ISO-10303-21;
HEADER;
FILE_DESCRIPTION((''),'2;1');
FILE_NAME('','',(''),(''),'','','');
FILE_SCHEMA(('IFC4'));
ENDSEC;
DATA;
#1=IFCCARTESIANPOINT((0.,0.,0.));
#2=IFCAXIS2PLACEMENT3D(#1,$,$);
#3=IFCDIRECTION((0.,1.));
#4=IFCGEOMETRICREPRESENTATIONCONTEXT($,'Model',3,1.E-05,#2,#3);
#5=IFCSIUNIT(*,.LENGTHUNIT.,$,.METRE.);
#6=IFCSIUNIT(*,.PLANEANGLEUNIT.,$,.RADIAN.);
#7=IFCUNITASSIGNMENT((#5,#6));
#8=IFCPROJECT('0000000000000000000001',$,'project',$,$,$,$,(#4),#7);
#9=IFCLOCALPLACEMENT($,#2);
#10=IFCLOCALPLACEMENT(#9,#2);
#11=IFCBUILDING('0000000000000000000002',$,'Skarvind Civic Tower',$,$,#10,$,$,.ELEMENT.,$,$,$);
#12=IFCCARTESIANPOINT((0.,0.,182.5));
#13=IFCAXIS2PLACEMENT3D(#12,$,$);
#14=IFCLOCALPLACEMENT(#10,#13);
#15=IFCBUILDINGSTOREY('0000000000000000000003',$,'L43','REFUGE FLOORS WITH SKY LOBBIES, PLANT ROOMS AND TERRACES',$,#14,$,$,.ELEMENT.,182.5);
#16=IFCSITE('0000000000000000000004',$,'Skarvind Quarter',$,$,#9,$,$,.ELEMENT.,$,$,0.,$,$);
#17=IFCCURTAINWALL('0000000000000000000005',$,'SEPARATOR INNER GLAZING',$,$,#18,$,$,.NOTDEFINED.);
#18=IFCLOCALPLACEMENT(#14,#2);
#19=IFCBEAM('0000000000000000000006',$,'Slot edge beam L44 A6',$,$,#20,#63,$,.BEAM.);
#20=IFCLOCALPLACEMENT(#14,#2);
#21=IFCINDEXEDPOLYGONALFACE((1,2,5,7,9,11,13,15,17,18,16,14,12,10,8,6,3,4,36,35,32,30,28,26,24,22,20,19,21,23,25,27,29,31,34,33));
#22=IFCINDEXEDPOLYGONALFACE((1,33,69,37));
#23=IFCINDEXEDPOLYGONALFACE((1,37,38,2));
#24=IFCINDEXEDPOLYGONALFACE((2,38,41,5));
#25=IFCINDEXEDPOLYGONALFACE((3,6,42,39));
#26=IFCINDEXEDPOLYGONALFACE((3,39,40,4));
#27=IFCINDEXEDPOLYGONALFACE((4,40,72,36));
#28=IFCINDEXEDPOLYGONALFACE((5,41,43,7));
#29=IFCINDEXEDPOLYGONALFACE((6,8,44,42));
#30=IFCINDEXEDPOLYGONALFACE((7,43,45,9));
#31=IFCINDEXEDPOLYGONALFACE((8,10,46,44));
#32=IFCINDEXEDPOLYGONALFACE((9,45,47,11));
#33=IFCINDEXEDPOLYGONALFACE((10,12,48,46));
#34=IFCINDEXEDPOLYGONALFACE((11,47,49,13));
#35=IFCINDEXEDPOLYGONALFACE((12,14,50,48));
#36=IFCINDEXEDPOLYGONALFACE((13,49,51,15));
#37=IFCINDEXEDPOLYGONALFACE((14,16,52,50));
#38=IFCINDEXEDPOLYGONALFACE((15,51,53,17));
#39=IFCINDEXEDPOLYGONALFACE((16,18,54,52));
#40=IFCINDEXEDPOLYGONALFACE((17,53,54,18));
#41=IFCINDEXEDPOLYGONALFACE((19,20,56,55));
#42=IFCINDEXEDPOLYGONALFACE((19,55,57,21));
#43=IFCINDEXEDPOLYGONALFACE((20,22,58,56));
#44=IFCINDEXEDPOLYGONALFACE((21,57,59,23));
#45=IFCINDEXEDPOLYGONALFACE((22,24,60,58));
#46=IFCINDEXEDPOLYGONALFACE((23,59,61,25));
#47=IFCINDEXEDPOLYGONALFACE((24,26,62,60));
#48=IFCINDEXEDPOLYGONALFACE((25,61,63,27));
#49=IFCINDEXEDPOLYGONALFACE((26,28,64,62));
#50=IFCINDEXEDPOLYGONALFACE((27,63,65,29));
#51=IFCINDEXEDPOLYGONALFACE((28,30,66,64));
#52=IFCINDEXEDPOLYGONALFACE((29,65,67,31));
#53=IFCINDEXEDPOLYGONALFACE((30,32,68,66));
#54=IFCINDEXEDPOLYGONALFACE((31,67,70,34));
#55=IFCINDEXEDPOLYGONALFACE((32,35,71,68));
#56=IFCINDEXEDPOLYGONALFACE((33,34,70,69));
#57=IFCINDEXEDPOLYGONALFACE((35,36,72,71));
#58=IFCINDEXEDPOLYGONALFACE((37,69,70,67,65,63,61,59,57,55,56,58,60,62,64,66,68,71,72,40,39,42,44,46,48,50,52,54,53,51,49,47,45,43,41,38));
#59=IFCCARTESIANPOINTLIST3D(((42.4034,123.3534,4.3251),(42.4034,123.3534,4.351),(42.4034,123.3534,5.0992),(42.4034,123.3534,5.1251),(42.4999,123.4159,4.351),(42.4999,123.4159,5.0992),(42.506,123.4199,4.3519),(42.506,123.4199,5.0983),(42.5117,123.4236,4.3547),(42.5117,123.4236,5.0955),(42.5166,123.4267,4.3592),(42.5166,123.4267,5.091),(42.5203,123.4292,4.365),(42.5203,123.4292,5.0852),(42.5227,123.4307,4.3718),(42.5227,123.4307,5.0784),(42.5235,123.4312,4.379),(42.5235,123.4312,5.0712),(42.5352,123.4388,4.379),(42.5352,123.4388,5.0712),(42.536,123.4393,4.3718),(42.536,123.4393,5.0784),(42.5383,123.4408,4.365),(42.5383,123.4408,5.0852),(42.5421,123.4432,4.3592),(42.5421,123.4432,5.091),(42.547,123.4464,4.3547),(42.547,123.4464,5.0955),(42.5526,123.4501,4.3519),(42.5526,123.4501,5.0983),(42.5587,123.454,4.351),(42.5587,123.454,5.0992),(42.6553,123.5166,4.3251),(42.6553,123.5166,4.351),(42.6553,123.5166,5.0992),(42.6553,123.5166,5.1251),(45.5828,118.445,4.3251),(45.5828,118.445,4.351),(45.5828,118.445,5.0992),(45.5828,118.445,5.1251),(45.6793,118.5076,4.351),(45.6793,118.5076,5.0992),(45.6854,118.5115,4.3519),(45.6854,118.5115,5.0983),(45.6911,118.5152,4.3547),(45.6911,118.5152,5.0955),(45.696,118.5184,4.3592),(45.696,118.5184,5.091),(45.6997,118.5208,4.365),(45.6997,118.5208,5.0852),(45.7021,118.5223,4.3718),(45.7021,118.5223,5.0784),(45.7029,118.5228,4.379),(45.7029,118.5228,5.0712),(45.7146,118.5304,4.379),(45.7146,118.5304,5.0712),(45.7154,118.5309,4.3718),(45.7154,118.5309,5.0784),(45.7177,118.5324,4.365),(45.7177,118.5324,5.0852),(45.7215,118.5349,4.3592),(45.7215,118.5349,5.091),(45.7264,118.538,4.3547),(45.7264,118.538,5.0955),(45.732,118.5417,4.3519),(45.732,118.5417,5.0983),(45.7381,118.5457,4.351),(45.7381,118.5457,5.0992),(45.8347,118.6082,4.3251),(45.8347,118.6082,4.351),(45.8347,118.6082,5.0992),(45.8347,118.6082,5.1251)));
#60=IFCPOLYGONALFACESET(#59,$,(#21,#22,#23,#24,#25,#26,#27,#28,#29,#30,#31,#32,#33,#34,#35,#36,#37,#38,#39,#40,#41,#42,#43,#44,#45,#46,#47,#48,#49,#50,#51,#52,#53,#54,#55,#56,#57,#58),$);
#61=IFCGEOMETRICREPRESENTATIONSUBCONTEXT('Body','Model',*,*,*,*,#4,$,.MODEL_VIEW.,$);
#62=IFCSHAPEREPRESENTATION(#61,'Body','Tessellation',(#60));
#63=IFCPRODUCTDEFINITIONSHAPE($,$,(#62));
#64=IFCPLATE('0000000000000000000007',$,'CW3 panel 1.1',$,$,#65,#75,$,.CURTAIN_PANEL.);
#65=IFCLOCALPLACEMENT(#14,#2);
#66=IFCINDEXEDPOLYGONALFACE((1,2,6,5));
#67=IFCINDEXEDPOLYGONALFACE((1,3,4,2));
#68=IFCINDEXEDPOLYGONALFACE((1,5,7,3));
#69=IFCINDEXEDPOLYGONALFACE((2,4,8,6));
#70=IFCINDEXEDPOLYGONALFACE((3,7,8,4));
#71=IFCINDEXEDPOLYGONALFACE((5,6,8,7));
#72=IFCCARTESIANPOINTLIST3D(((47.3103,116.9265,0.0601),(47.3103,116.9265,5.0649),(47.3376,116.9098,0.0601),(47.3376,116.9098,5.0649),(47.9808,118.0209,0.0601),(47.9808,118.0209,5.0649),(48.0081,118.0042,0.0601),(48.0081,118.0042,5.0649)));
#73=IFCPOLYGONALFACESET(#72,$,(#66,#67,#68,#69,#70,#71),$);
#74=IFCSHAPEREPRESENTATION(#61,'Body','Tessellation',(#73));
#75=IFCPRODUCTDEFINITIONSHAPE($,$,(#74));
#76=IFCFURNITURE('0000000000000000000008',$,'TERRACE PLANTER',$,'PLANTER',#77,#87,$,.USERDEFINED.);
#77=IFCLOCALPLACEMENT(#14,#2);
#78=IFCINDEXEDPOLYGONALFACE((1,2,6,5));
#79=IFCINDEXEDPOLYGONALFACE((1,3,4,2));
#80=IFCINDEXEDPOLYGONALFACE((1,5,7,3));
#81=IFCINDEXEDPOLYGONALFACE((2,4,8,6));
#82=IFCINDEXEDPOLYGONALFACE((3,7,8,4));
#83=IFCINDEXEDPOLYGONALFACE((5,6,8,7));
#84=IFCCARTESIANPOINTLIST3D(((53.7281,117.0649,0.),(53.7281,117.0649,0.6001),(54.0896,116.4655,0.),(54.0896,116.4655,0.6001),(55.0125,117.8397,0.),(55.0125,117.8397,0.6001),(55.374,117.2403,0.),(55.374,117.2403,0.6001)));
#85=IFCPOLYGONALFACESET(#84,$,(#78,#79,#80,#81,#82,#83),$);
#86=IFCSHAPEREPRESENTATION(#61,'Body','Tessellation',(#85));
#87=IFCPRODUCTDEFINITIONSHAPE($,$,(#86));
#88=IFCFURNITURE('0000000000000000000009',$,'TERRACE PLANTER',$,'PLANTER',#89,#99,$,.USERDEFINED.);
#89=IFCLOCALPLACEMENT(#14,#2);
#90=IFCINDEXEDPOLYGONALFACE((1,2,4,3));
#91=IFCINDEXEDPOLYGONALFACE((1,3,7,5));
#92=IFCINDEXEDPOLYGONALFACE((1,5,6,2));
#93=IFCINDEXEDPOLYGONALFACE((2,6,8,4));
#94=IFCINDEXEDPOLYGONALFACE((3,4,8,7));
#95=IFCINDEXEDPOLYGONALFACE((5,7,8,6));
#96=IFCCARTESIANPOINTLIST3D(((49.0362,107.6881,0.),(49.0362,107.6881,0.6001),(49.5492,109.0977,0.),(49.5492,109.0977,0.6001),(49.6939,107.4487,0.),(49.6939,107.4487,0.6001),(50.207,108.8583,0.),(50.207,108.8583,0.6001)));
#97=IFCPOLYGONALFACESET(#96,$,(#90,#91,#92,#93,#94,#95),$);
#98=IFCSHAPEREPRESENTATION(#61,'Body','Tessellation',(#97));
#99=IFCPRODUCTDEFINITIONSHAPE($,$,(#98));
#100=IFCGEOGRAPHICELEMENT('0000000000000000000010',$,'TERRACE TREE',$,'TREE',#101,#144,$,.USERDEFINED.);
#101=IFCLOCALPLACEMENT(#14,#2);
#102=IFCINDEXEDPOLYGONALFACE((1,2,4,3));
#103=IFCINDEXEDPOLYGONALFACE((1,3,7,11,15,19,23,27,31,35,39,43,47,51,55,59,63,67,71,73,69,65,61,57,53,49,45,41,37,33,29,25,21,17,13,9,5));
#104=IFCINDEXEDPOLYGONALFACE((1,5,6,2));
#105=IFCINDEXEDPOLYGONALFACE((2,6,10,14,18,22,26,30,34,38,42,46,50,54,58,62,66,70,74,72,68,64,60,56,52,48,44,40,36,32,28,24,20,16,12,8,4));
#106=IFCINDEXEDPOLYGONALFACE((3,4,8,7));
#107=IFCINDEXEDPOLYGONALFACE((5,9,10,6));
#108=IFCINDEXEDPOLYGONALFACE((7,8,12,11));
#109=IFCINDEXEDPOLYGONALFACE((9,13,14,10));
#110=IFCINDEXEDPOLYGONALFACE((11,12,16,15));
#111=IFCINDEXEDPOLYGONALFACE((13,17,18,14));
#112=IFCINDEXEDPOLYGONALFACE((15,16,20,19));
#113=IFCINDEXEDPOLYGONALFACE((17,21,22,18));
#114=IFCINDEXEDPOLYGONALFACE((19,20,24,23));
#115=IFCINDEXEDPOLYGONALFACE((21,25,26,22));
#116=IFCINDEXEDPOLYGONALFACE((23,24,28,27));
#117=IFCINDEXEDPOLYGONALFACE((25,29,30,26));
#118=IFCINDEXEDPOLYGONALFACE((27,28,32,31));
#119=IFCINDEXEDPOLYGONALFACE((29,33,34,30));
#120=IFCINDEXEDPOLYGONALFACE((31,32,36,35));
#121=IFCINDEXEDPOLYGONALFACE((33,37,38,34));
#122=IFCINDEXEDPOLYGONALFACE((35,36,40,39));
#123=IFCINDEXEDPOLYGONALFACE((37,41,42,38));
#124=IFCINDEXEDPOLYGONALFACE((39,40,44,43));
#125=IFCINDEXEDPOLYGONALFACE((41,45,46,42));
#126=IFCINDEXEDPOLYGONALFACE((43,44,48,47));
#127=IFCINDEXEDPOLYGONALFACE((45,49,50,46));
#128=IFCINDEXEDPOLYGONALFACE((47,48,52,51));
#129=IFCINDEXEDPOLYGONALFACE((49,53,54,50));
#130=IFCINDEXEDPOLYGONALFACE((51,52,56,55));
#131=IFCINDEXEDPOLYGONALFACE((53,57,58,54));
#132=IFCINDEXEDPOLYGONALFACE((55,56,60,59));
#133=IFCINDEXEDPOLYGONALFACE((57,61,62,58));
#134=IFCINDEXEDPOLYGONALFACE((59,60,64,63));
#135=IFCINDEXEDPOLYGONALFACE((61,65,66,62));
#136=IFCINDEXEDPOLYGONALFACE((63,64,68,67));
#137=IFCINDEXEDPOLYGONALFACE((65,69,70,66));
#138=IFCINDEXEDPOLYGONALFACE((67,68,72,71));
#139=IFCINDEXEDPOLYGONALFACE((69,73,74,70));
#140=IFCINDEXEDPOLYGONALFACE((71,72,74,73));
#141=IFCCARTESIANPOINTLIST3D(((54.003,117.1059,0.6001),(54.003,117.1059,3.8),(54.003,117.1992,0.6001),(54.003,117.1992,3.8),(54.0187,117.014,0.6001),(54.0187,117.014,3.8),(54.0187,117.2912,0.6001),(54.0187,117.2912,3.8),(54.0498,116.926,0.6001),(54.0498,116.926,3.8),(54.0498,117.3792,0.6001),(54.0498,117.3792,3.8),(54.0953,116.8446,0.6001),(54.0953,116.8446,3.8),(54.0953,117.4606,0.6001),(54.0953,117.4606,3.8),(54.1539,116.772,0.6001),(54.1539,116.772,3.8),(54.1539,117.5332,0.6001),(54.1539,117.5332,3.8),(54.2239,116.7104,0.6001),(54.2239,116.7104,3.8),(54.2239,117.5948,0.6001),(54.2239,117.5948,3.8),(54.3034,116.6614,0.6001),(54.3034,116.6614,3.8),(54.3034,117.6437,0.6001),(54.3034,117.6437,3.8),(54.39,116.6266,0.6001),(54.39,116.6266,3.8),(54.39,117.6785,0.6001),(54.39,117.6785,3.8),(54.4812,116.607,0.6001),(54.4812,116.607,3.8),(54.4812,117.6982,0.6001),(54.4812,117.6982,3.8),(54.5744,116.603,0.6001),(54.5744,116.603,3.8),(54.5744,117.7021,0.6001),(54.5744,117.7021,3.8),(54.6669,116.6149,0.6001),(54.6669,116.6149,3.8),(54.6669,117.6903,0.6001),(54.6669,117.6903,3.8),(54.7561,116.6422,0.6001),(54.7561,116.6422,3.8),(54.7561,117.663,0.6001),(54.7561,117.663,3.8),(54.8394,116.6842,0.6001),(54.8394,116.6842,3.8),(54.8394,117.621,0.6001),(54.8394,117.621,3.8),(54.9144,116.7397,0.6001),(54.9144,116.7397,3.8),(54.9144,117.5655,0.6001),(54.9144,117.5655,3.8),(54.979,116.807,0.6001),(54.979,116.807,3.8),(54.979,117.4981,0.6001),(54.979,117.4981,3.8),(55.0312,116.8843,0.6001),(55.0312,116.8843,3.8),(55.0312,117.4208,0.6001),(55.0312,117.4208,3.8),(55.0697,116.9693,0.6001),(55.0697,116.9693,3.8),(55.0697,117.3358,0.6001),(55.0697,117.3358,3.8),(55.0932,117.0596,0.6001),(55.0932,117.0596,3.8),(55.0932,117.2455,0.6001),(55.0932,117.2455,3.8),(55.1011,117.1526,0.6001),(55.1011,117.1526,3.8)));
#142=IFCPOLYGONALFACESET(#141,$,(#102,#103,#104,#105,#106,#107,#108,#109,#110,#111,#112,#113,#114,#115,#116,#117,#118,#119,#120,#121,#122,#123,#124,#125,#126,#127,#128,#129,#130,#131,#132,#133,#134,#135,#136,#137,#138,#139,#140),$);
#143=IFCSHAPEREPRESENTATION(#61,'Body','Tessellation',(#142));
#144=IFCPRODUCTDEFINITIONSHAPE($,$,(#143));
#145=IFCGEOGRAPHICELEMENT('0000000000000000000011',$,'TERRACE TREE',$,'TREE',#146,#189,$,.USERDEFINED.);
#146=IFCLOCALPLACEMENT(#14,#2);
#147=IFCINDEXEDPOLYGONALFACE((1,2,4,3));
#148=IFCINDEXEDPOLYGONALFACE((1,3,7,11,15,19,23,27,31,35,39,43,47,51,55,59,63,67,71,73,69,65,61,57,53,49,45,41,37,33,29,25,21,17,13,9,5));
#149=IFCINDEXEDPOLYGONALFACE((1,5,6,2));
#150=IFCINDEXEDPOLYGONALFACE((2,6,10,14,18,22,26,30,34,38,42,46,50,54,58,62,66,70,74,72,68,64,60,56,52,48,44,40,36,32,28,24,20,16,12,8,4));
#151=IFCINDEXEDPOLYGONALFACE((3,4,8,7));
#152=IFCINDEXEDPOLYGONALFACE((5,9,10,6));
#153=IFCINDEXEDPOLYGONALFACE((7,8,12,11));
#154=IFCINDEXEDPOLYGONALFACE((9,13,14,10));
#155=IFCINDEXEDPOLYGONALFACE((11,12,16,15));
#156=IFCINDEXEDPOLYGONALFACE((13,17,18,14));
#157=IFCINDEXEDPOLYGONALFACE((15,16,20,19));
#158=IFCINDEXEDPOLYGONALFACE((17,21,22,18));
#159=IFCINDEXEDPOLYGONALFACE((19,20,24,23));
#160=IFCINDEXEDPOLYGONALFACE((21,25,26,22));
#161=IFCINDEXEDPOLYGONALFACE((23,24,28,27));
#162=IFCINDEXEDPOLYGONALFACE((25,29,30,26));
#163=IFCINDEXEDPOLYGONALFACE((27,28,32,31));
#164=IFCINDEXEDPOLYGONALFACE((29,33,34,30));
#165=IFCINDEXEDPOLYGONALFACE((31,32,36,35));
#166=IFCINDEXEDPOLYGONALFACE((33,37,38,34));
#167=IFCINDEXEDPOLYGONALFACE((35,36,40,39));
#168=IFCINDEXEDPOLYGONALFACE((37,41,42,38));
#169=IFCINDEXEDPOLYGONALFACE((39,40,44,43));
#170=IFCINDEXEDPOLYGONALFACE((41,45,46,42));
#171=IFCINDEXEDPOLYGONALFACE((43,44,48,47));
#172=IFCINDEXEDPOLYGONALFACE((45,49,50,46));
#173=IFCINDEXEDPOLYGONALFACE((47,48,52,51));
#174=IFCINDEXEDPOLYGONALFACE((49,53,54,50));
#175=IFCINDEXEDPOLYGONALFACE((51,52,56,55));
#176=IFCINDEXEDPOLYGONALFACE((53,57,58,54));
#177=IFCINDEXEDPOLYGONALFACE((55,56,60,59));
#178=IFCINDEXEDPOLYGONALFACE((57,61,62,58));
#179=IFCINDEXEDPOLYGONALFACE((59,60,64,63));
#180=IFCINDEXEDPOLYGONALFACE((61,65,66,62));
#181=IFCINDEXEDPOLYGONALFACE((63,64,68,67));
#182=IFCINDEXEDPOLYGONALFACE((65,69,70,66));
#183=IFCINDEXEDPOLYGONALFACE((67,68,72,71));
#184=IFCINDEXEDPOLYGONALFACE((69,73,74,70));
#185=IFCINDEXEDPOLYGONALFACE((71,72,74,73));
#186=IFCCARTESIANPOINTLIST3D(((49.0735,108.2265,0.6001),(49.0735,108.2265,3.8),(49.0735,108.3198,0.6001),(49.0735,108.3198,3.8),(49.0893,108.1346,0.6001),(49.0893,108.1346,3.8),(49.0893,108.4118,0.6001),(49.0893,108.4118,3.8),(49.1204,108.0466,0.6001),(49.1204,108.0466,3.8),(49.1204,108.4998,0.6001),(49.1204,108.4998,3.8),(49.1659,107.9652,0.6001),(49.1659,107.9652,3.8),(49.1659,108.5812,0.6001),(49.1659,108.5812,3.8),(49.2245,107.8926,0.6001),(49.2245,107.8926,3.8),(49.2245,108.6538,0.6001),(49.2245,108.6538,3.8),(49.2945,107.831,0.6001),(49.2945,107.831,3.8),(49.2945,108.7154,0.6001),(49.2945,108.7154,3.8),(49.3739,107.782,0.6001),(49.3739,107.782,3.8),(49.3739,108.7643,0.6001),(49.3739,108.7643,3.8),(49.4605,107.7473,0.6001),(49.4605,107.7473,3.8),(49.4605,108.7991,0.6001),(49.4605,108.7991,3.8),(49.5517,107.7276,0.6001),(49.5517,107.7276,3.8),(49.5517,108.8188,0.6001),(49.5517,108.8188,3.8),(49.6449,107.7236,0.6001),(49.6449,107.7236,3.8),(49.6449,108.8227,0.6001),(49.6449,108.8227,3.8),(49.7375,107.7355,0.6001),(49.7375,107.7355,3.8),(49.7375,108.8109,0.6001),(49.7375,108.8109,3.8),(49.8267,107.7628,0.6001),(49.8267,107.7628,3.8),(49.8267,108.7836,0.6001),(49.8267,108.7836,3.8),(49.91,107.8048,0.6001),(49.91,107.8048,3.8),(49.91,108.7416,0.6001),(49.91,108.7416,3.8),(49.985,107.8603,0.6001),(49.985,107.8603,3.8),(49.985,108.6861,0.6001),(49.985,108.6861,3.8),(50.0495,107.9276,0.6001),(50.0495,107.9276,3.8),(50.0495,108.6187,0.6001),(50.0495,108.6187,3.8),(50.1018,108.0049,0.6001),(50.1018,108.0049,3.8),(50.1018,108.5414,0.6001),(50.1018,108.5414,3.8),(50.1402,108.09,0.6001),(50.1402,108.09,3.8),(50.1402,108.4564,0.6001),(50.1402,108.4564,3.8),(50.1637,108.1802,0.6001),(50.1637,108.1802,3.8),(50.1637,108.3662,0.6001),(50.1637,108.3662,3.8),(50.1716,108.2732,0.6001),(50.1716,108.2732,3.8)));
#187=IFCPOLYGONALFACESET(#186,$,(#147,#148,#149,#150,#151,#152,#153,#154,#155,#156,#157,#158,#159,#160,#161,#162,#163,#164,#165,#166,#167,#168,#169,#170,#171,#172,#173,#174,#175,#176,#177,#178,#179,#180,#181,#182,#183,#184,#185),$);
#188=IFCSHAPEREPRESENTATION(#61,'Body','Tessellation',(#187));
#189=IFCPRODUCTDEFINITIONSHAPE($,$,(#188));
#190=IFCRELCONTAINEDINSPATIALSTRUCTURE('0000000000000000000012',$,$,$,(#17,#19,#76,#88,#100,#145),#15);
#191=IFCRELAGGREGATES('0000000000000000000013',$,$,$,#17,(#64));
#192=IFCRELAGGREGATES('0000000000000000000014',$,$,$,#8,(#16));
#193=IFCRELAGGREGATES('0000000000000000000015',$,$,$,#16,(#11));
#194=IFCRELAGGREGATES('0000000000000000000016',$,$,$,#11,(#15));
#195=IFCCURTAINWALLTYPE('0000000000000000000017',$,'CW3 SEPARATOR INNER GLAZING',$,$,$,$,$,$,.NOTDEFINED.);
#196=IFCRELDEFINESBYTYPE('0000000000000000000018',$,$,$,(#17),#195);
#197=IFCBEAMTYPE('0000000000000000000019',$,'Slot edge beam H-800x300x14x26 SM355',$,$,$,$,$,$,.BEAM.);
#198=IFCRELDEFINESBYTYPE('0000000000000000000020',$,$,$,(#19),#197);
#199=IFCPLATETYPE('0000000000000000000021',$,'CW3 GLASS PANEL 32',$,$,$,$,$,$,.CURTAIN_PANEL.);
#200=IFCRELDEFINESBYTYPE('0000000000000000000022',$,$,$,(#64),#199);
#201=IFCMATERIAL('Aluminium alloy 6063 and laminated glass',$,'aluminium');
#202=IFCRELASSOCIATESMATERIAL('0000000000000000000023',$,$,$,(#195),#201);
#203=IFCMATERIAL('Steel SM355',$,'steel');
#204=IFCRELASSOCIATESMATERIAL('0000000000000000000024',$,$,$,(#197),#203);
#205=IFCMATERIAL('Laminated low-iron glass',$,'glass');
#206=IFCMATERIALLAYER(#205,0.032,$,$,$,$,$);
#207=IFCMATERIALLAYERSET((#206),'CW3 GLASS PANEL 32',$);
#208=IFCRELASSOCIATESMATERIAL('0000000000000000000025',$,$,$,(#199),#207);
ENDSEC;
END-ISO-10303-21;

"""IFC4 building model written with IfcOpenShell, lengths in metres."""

from ifc_helpers import new_model, si_unit, direction, frame, origin, origin_2d, place, context, subcontext, project, spatial, rectangle, circle, i_section, extrude, material, layer, layer_set, material_profile, profile_set, type_object, element, aggregate, save


model = new_model("IFC4")

# Units and contexts
model_context = context("Model", 3, precision=1e-05, world=origin(), true_north=direction((0.0, 1.0)))
body_context = subcontext(model_context, "Body", "Model", "MODEL_VIEW")
ifc_project = project(units=[si_unit("LENGTHUNIT", "METRE"), si_unit("PLANEANGLEUNIT", "RADIAN")], contexts=[model_context])

# Site, building, storey
site_placement = place(None, origin())
site = spatial("IfcSite", under=ifc_project, at=site_placement, Name="Skarvind Quarter", CompositionType="ELEMENT", RefElevation=0.0)
building_placement = place(site_placement, origin())
building = spatial("IfcBuilding", under=site, at=building_placement, Name="Skarvind Civic Tower", CompositionType="ELEMENT")
storey_placement = place(building_placement, frame((0.0, 0.0, 182.5)))
storey = spatial("IfcBuildingStorey", under=building, at=storey_placement, Name="L43", Description="REFUGE FLOORS WITH SKY LOBBIES, PLANT ROOMS AND TERRACES", CompositionType="ELEMENT", Elevation=182.5)

# Curtain wall
ifc_material_1 = material(Name="Aluminium alloy 6063 and laminated glass", Category="aluminium")
curtain_wall_type = type_object("IfcCurtainWallType", Name="CW3 SEPARATOR INNER GLAZING", PredefinedType="NOTDEFINED", material=ifc_material_1)
curtain_wall_1_placement = place(storey_placement, origin())
curtain_wall_1 = element("IfcCurtainWall", 1, at=curtain_wall_1_placement, inside=storey, type_object=curtain_wall_type, Name="SEPARATOR INNER GLAZING", PredefinedType="NOTDEFINED")

# Beam
ifc_material_2 = material(Name="Steel SM355", Category="steel")
ifc_material_profile_1 = material_profile(ifc_material_2, i_section(OverallWidth=0.3, OverallDepth=0.8, WebThickness=0.0139, FlangeThickness=0.0259, FilletRadius=0.0281, at=origin_2d()), Name="H-800x300x14x26")
ifc_profile_set_1 = profile_set([ifc_material_profile_1], Name="Steel SM355")
beam_type = type_object("IfcBeamType", Name="Slot edge beam H-800x300x14x26 SM355", PredefinedType="BEAM", material=ifc_profile_set_1)
beam_1_placement = place(storey_placement, frame((45.7087, 118.5266, 4.7251), z_axis=(-0.54366, 0.839306, 0.0), x_axis=(-0.839306, -0.54366, 0.0)))
element("IfcBeam", 2, at=beam_1_placement, inside=storey, type_object=beam_type, Name="Slot edge beam L44 A6", PredefinedType="BEAM", context=body_context, shape_type="SweptSolid", body=[
    extrude(i_section(OverallWidth=0.3, OverallDepth=0.8, WebThickness=0.0139, FlangeThickness=0.0259, FilletRadius=0.0281, at=origin_2d()), origin(), (0.0, 0.0, 1.0), 5.8481),
])

# Plate
ifc_material_3 = material(Name="Laminated low-iron glass", Category="glass")
ifc_layer_1 = layer(ifc_material_3, 0.032)
ifc_layer_set_1 = layer_set([ifc_layer_1], Name="CW3 GLASS PANEL 32")
plate_type = type_object("IfcPlateType", Name="CW3 GLASS PANEL 32", PredefinedType="CURTAIN_PANEL", material=ifc_layer_set_1)
plate_placement = place(storey_placement, frame((47.6592, 117.4653, 0.0601), z_axis=(0.0, 0.0, 1.0), x_axis=(-0.522427, -0.852684, 0.0)))
plate = element("IfcPlate", 3, at=plate_placement, type_object=plate_type, Name="CW3 panel 1.1", PredefinedType="CURTAIN_PANEL", context=body_context, shape_type="SweptSolid", body=[
    extrude(rectangle(XDim=1.2834, YDim=0.032, at=origin_2d()), origin(), (0.0, 0.0, 1.0), 5.0049),
])
aggregate(curtain_wall_1, [plate])

# Furniture
for number, where, z_axis, x_axis, name in (
    (4, (54.551, 117.1526, 0.0), (0.0, 0.0, 1.0), (-0.856267, -0.516533, 0.0), "TERRACE PLANTER"),
    (5, (49.6216, 108.2732, 0.0), (0.0, 0.0, 1.0), (-0.34202, -0.939693, 0.0), "TERRACE PLANTER"),
):
    element("IfcFurniture", number, at=place(storey_placement, frame(where, z_axis=z_axis, x_axis=x_axis)), inside=storey, Name=name, ObjectType="PLANTER", PredefinedType="USERDEFINED", context=body_context, shape_type="SweptSolid", body=[
        extrude(rectangle(XDim=1.5, YDim=0.7, at=origin_2d()), origin(), (0.0, 0.0, 1.0), 0.6001),
    ])

# Geographic elements
for number, where, z_axis, x_axis, name in (
    (6, (54.551, 117.1526, 0.6001), (0.0, 0.0, 1.0), (1.0, 0.0, 0.0), "TERRACE TREE"),
    (7, (49.6216, 108.2732, 0.6001), (0.0, 0.0, 1.0), (1.0, 0.0, 0.0), "TERRACE TREE"),
):
    element("IfcGeographicElement", number, at=place(storey_placement, frame(where, z_axis=z_axis, x_axis=x_axis)), inside=storey, Name=name, ObjectType="TREE", PredefinedType="USERDEFINED", context=body_context, shape_type="SweptSolid", body=[
        extrude(circle(Radius=0.55, at=origin_2d()), origin(), (0.0, 0.0, 1.0), 3.2),
    ])

save(model, "model.ifc")
